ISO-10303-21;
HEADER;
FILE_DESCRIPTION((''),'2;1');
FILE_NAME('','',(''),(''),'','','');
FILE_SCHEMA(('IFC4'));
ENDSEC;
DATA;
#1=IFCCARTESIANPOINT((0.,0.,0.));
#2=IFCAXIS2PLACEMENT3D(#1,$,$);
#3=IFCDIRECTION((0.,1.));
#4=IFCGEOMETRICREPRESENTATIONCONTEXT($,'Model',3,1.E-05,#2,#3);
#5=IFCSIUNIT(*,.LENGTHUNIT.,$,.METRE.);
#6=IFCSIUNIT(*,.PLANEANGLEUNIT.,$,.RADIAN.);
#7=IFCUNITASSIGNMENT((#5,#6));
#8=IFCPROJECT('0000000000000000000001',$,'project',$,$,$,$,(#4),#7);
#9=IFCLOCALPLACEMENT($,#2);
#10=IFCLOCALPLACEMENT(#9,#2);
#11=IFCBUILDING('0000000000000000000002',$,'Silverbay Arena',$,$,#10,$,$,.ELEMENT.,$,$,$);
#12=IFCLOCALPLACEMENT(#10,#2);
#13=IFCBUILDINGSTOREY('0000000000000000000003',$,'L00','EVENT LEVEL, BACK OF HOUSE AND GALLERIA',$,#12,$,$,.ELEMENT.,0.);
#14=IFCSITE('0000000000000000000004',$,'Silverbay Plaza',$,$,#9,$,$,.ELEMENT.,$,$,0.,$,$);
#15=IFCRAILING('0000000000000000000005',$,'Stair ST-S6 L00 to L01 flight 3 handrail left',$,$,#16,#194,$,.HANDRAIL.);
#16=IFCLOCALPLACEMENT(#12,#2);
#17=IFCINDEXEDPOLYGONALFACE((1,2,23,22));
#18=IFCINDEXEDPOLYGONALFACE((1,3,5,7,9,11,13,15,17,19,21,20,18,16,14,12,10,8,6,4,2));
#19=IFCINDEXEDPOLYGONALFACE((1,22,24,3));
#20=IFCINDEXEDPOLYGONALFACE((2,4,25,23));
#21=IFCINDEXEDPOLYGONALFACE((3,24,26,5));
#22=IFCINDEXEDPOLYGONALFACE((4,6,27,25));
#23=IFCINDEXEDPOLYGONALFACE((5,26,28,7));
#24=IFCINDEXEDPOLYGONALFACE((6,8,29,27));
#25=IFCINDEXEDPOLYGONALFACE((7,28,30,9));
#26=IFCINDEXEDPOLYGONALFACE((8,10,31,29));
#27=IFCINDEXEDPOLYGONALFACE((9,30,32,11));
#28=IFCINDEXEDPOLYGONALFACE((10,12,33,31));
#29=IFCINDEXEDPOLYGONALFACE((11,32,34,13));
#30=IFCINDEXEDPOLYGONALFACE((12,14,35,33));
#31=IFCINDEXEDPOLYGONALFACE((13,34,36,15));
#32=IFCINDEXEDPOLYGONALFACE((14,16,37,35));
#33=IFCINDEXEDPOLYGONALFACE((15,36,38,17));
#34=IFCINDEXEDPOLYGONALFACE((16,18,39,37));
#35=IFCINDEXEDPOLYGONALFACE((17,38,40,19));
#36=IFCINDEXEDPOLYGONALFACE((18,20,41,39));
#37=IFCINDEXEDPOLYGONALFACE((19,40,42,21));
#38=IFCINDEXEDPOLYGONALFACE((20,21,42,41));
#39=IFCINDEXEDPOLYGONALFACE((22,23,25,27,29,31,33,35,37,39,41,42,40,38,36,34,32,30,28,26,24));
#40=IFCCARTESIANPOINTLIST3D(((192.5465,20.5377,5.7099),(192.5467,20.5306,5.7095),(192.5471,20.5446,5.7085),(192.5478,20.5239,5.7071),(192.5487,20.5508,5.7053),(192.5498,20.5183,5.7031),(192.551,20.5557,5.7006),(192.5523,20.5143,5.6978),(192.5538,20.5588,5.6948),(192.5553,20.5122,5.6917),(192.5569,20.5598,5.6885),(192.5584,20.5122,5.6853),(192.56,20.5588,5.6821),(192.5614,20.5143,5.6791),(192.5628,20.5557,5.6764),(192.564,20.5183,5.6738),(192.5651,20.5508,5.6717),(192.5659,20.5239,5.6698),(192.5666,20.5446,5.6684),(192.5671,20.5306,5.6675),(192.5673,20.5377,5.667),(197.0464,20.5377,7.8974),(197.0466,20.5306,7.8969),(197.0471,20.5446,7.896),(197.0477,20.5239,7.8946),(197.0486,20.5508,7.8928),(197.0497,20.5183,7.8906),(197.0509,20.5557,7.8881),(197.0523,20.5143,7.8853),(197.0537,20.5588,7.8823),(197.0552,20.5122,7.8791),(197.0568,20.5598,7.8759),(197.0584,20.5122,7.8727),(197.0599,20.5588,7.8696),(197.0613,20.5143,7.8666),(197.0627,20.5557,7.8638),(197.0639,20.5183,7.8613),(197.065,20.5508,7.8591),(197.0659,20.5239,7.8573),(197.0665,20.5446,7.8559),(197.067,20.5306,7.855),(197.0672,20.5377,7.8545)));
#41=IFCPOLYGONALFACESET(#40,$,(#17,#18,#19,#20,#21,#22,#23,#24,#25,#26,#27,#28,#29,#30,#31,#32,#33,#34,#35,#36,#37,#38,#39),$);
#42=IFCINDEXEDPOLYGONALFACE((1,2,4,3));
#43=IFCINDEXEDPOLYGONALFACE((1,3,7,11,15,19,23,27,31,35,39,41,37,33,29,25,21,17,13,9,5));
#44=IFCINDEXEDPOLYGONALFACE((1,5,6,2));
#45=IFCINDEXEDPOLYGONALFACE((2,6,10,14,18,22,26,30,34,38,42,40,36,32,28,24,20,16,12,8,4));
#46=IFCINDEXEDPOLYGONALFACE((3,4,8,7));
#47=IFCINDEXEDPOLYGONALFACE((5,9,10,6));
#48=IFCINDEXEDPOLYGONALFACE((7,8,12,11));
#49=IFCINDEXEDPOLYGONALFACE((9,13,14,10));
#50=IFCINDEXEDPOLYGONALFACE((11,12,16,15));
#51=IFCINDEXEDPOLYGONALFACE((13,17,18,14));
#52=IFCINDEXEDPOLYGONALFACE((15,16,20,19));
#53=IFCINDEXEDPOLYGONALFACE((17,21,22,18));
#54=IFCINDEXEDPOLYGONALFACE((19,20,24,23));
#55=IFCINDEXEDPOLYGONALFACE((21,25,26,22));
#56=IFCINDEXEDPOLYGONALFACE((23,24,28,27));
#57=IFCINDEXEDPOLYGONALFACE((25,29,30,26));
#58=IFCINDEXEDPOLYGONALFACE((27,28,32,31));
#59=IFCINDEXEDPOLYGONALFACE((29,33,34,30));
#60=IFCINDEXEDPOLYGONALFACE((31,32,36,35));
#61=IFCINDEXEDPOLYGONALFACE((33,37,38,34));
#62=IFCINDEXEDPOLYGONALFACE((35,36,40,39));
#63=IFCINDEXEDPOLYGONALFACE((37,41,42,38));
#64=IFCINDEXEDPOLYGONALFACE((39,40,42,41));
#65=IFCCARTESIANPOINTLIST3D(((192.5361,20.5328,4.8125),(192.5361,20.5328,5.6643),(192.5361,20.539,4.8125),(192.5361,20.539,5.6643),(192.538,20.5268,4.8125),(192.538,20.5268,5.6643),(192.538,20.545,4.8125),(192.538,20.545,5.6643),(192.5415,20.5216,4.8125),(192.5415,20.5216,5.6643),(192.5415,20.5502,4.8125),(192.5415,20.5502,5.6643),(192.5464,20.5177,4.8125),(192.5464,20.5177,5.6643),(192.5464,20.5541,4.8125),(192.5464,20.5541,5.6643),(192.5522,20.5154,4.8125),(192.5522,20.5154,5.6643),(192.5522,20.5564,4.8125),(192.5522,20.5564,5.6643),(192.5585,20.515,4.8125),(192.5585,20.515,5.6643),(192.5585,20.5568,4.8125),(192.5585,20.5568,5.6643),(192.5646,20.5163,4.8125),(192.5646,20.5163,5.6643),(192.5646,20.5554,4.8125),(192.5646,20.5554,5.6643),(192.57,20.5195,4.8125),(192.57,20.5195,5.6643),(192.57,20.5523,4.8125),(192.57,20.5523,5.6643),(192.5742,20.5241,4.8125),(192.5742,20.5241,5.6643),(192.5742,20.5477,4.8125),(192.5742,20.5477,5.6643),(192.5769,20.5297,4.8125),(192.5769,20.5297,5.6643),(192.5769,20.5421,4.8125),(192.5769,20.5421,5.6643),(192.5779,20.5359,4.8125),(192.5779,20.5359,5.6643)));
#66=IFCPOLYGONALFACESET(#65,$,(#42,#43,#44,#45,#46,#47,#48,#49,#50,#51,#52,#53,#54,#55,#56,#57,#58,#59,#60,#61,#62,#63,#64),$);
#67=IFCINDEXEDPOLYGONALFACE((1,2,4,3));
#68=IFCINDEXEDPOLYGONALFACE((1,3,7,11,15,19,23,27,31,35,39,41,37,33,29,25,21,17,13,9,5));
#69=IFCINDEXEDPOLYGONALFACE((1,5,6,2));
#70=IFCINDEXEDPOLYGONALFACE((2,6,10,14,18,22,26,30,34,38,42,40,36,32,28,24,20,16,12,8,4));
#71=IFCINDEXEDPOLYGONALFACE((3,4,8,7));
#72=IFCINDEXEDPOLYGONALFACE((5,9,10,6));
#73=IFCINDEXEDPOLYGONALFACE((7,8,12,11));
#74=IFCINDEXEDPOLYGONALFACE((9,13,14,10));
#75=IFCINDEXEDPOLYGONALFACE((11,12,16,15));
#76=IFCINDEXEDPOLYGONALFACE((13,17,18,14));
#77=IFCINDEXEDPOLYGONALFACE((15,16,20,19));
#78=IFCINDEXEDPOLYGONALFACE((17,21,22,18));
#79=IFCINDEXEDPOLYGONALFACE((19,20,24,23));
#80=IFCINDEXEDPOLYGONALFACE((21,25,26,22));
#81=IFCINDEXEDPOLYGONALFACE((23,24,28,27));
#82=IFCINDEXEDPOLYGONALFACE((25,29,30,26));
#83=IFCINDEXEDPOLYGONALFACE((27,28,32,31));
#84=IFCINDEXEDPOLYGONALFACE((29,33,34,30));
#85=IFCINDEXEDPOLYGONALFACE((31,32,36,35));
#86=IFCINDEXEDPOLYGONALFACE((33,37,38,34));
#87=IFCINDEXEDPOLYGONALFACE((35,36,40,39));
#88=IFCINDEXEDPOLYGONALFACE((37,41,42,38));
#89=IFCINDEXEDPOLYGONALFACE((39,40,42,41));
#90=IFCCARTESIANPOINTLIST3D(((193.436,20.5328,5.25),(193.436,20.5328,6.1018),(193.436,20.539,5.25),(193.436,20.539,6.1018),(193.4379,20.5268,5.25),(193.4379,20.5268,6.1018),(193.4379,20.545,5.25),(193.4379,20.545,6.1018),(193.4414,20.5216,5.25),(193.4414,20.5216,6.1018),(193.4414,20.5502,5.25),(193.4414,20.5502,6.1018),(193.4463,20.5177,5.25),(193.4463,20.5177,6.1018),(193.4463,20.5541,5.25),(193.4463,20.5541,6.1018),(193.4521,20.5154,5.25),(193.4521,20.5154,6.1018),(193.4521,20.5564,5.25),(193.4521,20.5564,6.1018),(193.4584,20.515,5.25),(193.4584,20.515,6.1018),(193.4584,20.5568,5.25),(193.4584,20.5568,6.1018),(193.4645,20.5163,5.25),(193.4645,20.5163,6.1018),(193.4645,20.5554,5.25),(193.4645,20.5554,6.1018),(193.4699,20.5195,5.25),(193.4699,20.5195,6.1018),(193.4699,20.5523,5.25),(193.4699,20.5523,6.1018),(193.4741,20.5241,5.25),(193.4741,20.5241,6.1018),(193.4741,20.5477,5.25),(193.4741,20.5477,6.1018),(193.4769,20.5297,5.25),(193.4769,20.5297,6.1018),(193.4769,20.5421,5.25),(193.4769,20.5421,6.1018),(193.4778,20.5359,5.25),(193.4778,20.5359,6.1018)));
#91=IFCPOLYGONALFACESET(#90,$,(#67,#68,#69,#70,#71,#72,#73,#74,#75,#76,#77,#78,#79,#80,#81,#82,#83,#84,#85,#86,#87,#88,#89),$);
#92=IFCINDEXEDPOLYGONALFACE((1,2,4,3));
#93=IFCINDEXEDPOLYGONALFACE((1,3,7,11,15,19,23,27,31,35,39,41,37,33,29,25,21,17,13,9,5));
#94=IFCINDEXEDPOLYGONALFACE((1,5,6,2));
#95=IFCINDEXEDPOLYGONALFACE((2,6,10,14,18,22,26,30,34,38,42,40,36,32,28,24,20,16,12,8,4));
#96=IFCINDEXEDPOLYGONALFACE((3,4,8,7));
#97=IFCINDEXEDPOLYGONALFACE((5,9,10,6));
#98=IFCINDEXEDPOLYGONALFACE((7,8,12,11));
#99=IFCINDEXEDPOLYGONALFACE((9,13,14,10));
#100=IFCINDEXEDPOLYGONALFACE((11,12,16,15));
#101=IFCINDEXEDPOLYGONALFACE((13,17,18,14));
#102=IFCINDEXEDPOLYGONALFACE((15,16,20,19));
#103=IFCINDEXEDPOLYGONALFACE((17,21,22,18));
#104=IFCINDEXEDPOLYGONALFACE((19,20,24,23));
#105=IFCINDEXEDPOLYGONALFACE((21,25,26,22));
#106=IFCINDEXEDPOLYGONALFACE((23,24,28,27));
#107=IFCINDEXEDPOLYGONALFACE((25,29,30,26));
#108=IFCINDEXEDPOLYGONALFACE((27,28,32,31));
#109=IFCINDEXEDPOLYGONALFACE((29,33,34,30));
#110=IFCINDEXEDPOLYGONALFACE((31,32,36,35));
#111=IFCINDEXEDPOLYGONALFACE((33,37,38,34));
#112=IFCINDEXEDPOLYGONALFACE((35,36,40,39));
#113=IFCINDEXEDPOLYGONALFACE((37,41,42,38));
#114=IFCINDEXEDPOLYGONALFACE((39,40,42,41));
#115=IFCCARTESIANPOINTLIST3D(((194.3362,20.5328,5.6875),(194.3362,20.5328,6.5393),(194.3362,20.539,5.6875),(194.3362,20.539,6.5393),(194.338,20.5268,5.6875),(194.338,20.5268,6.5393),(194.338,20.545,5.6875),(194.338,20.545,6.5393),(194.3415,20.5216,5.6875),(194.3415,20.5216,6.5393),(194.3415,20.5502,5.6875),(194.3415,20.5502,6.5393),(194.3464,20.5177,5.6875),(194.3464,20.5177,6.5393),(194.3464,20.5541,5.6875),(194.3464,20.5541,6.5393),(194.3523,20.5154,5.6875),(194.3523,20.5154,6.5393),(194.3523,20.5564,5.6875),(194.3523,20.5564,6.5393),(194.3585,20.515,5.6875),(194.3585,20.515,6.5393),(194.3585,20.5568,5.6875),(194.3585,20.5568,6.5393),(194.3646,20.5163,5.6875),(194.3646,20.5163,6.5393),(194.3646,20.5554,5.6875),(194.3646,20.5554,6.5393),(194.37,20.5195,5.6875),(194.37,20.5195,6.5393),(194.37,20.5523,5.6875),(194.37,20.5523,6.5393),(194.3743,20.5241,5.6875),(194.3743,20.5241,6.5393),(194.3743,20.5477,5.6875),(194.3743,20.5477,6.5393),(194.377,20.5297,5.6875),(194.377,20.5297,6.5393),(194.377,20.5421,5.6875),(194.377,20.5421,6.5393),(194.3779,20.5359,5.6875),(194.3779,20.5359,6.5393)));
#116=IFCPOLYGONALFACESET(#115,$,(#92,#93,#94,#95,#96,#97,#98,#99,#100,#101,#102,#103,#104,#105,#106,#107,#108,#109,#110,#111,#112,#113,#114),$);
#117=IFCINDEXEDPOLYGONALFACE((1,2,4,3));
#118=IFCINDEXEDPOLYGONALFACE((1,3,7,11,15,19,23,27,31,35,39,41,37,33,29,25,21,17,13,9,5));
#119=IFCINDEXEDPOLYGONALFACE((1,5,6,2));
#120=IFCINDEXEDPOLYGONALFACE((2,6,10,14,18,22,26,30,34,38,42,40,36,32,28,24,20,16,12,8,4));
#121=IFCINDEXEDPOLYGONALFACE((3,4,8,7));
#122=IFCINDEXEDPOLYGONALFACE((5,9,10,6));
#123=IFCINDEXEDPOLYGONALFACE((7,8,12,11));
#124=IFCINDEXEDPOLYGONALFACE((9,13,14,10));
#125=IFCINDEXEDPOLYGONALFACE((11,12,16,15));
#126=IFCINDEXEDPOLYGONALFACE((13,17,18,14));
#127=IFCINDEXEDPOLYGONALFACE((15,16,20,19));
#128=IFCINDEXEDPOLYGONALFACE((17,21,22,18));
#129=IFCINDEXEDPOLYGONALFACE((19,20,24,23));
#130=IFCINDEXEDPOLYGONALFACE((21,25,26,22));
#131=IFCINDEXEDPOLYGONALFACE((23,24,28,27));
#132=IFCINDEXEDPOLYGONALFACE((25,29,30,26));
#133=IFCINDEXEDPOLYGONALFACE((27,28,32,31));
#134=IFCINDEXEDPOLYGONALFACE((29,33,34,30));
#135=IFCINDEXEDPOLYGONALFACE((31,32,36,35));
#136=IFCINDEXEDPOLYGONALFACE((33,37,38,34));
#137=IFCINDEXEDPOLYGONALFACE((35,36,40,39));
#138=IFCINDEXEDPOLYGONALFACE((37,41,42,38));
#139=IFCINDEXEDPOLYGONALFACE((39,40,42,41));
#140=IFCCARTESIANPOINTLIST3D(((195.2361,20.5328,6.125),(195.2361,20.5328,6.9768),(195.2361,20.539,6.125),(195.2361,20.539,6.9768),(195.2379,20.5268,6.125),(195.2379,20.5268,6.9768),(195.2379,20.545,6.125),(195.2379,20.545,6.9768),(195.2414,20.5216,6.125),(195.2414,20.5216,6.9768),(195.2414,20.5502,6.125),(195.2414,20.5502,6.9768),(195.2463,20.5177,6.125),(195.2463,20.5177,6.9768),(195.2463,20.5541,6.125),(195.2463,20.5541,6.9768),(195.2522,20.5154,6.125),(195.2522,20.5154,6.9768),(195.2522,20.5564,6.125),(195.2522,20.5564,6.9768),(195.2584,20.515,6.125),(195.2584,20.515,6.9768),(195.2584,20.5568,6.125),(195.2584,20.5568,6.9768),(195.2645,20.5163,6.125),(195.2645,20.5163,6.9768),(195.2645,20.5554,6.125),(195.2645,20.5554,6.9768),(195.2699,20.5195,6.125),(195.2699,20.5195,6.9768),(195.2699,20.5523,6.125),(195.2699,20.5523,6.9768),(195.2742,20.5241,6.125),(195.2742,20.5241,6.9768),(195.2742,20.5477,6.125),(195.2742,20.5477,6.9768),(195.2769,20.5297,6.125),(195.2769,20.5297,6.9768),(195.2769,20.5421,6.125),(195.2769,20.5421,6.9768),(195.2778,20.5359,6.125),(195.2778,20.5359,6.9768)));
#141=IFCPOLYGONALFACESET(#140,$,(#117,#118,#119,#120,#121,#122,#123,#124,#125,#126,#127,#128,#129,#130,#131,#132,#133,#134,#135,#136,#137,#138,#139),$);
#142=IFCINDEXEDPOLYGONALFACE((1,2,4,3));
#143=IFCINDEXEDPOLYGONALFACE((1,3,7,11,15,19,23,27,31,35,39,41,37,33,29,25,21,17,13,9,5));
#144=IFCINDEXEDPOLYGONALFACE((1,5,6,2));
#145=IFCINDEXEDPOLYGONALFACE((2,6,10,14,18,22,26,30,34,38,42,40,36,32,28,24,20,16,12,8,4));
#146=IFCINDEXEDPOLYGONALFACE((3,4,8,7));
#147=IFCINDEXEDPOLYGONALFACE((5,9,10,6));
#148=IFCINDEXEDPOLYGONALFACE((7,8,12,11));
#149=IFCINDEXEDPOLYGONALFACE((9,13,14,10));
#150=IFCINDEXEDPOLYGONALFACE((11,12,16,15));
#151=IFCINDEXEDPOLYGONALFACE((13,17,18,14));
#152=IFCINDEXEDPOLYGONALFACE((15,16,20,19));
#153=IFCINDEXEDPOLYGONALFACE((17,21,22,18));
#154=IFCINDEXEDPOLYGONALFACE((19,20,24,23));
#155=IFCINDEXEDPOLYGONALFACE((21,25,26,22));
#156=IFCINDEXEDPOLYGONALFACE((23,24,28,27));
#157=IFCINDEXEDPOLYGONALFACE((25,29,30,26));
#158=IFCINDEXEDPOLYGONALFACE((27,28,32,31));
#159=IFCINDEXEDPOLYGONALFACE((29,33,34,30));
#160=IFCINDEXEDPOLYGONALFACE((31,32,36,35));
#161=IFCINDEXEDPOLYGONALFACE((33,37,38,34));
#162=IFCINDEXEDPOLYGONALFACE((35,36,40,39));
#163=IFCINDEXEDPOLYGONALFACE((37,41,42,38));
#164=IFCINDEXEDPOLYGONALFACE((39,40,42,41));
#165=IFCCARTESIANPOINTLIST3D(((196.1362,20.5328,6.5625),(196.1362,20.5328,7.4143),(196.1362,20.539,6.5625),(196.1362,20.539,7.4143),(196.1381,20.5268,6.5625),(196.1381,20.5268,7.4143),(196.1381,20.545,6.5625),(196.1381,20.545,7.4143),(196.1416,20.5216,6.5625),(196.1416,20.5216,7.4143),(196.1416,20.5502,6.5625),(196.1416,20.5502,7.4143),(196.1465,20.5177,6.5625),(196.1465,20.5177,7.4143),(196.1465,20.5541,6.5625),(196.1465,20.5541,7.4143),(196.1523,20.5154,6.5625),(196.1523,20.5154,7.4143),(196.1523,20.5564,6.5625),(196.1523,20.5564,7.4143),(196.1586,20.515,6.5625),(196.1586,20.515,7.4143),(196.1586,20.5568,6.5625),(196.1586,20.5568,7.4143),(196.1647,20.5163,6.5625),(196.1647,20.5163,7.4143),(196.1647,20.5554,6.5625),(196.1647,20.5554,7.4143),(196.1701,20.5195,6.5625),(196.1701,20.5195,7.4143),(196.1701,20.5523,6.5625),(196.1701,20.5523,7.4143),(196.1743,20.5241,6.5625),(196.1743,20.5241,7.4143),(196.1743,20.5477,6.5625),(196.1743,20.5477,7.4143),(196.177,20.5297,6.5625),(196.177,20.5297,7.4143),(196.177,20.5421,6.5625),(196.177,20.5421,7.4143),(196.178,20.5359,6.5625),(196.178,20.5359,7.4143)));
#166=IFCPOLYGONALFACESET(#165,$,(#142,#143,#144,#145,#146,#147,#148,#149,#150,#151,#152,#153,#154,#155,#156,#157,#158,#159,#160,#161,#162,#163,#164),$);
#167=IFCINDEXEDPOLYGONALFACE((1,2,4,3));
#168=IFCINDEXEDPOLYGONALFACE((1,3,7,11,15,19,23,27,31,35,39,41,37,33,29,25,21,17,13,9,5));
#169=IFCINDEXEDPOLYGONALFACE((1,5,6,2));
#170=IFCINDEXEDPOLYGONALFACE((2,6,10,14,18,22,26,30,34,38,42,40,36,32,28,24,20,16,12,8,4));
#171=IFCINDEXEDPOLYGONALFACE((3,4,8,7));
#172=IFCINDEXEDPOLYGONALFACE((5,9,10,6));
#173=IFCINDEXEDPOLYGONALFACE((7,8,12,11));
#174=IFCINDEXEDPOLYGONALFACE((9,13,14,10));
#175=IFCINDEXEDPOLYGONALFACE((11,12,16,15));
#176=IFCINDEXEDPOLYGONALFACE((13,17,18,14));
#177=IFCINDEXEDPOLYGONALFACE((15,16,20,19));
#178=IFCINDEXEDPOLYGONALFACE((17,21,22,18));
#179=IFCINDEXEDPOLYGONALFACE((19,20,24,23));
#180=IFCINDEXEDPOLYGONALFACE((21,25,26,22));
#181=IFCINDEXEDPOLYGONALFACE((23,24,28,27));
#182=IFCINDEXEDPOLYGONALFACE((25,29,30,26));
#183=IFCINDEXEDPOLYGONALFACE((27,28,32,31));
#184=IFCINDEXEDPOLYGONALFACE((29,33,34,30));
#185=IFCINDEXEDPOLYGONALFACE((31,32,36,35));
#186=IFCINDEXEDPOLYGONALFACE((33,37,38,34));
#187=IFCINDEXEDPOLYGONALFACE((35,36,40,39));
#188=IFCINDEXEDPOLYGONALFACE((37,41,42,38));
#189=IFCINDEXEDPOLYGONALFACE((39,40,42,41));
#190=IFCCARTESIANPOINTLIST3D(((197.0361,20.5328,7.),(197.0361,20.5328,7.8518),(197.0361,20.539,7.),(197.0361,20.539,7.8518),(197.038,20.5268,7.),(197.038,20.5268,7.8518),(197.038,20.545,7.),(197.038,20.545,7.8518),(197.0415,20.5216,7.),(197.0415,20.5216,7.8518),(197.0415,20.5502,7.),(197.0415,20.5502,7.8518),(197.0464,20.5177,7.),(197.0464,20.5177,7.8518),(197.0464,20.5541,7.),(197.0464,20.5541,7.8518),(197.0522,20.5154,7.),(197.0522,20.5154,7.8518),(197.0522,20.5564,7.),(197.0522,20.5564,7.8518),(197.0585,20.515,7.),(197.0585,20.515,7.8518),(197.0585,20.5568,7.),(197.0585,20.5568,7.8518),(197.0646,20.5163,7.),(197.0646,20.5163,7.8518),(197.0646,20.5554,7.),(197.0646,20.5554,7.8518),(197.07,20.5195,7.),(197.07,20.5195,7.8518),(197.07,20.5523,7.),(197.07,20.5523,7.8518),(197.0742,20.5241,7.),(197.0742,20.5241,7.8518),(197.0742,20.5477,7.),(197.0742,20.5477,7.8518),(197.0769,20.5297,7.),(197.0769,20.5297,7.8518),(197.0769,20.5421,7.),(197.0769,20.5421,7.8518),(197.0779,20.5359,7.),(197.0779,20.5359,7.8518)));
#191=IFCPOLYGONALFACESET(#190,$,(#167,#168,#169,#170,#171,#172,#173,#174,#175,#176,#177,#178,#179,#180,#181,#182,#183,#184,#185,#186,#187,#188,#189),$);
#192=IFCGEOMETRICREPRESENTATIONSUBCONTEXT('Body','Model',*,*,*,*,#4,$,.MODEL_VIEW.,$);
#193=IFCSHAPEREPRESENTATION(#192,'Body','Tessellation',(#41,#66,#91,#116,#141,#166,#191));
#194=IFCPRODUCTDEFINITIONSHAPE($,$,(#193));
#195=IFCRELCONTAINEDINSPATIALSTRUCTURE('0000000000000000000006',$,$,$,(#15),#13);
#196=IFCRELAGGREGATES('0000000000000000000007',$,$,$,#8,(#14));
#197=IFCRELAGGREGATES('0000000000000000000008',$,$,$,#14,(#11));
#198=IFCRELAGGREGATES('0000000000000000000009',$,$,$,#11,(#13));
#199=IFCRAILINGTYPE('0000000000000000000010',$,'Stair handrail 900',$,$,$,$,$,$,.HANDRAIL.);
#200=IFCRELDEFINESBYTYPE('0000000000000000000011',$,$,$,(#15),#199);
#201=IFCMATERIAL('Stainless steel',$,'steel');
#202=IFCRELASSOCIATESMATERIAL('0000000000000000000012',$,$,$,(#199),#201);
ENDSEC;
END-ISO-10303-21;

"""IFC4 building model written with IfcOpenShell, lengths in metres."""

from ifc_helpers import new_model, si_unit, direction, frame, origin, origin_2d, place, context, subcontext, project, spatial, circle, extrude, material, type_object, element, save


model = new_model("IFC4")

# Units and contexts
model_context = context("Model", 3, precision=1e-05, world=origin(), true_north=direction((0.0, 1.0)))
body_context = subcontext(model_context, "Body", "Model", "MODEL_VIEW")
ifc_project = project(units=[si_unit("LENGTHUNIT", "METRE"), si_unit("PLANEANGLEUNIT", "RADIAN")], contexts=[model_context])

# Site, building, storey
site_placement = place(None, origin())
site = spatial("IfcSite", under=ifc_project, at=site_placement, Name="Silverbay Plaza", CompositionType="ELEMENT", RefElevation=0.0)
building_placement = place(site_placement, origin())
building = spatial("IfcBuilding", under=site, at=building_placement, Name="Silverbay Arena", CompositionType="ELEMENT")
storey_placement = place(building_placement, origin())
storey = spatial("IfcBuildingStorey", under=building, at=storey_placement, Name="L00", Description="EVENT LEVEL, BACK OF HOUSE AND GALLERIA", CompositionType="ELEMENT", Elevation=0.0)

# Railing
ifc_material_1 = material(Name="Stainless steel", Category="steel")
railing_type_1 = type_object("IfcRailingType", Name="Stair handrail 900", PredefinedType="HANDRAIL", material=ifc_material_1)
for number, where, name in (
    (1, (192.5569, 20.5359, 4.8125), "Stair ST-S6 L00 to L01 flight 3 handrail left"),
):
    element("IfcRailing", number, at=place(storey_placement, frame(where)), inside=storey, type_object=railing_type_1, Name=name, PredefinedType="HANDRAIL", context=body_context, shape_type="SweptSolid", body=[
        extrude(circle(Radius=0.0239, at=origin_2d()), frame((0.0, 0.0, 0.876), z_axis=(0.899368, 0.0, 0.437193), x_axis=(0.0, 1.0, 0.0)), (0.0, 0.0, 1.0), 5.0034),
        extrude(circle(Radius=0.021, at=origin_2d()), origin(), (0.0, 0.0, 1.0), 0.8518),
        extrude(circle(Radius=0.021, at=origin_2d()), frame((0.8999, 0.0, 0.4375)), (0.0, 0.0, 1.0), 0.8518),
        extrude(circle(Radius=0.021, at=origin_2d()), frame((1.8, 0.0, 0.875)), (0.0, 0.0, 1.0), 0.8518),
        extrude(circle(Radius=0.021, at=origin_2d()), frame((2.7, 0.0, 1.3125)), (0.0, 0.0, 1.0), 0.8518),
        extrude(circle(Radius=0.021, at=origin_2d()), frame((3.6001, 0.0, 1.75)), (0.0, 0.0, 1.0), 0.8518),
        extrude(circle(Radius=0.021, at=origin_2d()), frame((4.5, 0.0, 2.1875)), (0.0, 0.0, 1.0), 0.8518),
    ])

save(model, "model.ifc")
